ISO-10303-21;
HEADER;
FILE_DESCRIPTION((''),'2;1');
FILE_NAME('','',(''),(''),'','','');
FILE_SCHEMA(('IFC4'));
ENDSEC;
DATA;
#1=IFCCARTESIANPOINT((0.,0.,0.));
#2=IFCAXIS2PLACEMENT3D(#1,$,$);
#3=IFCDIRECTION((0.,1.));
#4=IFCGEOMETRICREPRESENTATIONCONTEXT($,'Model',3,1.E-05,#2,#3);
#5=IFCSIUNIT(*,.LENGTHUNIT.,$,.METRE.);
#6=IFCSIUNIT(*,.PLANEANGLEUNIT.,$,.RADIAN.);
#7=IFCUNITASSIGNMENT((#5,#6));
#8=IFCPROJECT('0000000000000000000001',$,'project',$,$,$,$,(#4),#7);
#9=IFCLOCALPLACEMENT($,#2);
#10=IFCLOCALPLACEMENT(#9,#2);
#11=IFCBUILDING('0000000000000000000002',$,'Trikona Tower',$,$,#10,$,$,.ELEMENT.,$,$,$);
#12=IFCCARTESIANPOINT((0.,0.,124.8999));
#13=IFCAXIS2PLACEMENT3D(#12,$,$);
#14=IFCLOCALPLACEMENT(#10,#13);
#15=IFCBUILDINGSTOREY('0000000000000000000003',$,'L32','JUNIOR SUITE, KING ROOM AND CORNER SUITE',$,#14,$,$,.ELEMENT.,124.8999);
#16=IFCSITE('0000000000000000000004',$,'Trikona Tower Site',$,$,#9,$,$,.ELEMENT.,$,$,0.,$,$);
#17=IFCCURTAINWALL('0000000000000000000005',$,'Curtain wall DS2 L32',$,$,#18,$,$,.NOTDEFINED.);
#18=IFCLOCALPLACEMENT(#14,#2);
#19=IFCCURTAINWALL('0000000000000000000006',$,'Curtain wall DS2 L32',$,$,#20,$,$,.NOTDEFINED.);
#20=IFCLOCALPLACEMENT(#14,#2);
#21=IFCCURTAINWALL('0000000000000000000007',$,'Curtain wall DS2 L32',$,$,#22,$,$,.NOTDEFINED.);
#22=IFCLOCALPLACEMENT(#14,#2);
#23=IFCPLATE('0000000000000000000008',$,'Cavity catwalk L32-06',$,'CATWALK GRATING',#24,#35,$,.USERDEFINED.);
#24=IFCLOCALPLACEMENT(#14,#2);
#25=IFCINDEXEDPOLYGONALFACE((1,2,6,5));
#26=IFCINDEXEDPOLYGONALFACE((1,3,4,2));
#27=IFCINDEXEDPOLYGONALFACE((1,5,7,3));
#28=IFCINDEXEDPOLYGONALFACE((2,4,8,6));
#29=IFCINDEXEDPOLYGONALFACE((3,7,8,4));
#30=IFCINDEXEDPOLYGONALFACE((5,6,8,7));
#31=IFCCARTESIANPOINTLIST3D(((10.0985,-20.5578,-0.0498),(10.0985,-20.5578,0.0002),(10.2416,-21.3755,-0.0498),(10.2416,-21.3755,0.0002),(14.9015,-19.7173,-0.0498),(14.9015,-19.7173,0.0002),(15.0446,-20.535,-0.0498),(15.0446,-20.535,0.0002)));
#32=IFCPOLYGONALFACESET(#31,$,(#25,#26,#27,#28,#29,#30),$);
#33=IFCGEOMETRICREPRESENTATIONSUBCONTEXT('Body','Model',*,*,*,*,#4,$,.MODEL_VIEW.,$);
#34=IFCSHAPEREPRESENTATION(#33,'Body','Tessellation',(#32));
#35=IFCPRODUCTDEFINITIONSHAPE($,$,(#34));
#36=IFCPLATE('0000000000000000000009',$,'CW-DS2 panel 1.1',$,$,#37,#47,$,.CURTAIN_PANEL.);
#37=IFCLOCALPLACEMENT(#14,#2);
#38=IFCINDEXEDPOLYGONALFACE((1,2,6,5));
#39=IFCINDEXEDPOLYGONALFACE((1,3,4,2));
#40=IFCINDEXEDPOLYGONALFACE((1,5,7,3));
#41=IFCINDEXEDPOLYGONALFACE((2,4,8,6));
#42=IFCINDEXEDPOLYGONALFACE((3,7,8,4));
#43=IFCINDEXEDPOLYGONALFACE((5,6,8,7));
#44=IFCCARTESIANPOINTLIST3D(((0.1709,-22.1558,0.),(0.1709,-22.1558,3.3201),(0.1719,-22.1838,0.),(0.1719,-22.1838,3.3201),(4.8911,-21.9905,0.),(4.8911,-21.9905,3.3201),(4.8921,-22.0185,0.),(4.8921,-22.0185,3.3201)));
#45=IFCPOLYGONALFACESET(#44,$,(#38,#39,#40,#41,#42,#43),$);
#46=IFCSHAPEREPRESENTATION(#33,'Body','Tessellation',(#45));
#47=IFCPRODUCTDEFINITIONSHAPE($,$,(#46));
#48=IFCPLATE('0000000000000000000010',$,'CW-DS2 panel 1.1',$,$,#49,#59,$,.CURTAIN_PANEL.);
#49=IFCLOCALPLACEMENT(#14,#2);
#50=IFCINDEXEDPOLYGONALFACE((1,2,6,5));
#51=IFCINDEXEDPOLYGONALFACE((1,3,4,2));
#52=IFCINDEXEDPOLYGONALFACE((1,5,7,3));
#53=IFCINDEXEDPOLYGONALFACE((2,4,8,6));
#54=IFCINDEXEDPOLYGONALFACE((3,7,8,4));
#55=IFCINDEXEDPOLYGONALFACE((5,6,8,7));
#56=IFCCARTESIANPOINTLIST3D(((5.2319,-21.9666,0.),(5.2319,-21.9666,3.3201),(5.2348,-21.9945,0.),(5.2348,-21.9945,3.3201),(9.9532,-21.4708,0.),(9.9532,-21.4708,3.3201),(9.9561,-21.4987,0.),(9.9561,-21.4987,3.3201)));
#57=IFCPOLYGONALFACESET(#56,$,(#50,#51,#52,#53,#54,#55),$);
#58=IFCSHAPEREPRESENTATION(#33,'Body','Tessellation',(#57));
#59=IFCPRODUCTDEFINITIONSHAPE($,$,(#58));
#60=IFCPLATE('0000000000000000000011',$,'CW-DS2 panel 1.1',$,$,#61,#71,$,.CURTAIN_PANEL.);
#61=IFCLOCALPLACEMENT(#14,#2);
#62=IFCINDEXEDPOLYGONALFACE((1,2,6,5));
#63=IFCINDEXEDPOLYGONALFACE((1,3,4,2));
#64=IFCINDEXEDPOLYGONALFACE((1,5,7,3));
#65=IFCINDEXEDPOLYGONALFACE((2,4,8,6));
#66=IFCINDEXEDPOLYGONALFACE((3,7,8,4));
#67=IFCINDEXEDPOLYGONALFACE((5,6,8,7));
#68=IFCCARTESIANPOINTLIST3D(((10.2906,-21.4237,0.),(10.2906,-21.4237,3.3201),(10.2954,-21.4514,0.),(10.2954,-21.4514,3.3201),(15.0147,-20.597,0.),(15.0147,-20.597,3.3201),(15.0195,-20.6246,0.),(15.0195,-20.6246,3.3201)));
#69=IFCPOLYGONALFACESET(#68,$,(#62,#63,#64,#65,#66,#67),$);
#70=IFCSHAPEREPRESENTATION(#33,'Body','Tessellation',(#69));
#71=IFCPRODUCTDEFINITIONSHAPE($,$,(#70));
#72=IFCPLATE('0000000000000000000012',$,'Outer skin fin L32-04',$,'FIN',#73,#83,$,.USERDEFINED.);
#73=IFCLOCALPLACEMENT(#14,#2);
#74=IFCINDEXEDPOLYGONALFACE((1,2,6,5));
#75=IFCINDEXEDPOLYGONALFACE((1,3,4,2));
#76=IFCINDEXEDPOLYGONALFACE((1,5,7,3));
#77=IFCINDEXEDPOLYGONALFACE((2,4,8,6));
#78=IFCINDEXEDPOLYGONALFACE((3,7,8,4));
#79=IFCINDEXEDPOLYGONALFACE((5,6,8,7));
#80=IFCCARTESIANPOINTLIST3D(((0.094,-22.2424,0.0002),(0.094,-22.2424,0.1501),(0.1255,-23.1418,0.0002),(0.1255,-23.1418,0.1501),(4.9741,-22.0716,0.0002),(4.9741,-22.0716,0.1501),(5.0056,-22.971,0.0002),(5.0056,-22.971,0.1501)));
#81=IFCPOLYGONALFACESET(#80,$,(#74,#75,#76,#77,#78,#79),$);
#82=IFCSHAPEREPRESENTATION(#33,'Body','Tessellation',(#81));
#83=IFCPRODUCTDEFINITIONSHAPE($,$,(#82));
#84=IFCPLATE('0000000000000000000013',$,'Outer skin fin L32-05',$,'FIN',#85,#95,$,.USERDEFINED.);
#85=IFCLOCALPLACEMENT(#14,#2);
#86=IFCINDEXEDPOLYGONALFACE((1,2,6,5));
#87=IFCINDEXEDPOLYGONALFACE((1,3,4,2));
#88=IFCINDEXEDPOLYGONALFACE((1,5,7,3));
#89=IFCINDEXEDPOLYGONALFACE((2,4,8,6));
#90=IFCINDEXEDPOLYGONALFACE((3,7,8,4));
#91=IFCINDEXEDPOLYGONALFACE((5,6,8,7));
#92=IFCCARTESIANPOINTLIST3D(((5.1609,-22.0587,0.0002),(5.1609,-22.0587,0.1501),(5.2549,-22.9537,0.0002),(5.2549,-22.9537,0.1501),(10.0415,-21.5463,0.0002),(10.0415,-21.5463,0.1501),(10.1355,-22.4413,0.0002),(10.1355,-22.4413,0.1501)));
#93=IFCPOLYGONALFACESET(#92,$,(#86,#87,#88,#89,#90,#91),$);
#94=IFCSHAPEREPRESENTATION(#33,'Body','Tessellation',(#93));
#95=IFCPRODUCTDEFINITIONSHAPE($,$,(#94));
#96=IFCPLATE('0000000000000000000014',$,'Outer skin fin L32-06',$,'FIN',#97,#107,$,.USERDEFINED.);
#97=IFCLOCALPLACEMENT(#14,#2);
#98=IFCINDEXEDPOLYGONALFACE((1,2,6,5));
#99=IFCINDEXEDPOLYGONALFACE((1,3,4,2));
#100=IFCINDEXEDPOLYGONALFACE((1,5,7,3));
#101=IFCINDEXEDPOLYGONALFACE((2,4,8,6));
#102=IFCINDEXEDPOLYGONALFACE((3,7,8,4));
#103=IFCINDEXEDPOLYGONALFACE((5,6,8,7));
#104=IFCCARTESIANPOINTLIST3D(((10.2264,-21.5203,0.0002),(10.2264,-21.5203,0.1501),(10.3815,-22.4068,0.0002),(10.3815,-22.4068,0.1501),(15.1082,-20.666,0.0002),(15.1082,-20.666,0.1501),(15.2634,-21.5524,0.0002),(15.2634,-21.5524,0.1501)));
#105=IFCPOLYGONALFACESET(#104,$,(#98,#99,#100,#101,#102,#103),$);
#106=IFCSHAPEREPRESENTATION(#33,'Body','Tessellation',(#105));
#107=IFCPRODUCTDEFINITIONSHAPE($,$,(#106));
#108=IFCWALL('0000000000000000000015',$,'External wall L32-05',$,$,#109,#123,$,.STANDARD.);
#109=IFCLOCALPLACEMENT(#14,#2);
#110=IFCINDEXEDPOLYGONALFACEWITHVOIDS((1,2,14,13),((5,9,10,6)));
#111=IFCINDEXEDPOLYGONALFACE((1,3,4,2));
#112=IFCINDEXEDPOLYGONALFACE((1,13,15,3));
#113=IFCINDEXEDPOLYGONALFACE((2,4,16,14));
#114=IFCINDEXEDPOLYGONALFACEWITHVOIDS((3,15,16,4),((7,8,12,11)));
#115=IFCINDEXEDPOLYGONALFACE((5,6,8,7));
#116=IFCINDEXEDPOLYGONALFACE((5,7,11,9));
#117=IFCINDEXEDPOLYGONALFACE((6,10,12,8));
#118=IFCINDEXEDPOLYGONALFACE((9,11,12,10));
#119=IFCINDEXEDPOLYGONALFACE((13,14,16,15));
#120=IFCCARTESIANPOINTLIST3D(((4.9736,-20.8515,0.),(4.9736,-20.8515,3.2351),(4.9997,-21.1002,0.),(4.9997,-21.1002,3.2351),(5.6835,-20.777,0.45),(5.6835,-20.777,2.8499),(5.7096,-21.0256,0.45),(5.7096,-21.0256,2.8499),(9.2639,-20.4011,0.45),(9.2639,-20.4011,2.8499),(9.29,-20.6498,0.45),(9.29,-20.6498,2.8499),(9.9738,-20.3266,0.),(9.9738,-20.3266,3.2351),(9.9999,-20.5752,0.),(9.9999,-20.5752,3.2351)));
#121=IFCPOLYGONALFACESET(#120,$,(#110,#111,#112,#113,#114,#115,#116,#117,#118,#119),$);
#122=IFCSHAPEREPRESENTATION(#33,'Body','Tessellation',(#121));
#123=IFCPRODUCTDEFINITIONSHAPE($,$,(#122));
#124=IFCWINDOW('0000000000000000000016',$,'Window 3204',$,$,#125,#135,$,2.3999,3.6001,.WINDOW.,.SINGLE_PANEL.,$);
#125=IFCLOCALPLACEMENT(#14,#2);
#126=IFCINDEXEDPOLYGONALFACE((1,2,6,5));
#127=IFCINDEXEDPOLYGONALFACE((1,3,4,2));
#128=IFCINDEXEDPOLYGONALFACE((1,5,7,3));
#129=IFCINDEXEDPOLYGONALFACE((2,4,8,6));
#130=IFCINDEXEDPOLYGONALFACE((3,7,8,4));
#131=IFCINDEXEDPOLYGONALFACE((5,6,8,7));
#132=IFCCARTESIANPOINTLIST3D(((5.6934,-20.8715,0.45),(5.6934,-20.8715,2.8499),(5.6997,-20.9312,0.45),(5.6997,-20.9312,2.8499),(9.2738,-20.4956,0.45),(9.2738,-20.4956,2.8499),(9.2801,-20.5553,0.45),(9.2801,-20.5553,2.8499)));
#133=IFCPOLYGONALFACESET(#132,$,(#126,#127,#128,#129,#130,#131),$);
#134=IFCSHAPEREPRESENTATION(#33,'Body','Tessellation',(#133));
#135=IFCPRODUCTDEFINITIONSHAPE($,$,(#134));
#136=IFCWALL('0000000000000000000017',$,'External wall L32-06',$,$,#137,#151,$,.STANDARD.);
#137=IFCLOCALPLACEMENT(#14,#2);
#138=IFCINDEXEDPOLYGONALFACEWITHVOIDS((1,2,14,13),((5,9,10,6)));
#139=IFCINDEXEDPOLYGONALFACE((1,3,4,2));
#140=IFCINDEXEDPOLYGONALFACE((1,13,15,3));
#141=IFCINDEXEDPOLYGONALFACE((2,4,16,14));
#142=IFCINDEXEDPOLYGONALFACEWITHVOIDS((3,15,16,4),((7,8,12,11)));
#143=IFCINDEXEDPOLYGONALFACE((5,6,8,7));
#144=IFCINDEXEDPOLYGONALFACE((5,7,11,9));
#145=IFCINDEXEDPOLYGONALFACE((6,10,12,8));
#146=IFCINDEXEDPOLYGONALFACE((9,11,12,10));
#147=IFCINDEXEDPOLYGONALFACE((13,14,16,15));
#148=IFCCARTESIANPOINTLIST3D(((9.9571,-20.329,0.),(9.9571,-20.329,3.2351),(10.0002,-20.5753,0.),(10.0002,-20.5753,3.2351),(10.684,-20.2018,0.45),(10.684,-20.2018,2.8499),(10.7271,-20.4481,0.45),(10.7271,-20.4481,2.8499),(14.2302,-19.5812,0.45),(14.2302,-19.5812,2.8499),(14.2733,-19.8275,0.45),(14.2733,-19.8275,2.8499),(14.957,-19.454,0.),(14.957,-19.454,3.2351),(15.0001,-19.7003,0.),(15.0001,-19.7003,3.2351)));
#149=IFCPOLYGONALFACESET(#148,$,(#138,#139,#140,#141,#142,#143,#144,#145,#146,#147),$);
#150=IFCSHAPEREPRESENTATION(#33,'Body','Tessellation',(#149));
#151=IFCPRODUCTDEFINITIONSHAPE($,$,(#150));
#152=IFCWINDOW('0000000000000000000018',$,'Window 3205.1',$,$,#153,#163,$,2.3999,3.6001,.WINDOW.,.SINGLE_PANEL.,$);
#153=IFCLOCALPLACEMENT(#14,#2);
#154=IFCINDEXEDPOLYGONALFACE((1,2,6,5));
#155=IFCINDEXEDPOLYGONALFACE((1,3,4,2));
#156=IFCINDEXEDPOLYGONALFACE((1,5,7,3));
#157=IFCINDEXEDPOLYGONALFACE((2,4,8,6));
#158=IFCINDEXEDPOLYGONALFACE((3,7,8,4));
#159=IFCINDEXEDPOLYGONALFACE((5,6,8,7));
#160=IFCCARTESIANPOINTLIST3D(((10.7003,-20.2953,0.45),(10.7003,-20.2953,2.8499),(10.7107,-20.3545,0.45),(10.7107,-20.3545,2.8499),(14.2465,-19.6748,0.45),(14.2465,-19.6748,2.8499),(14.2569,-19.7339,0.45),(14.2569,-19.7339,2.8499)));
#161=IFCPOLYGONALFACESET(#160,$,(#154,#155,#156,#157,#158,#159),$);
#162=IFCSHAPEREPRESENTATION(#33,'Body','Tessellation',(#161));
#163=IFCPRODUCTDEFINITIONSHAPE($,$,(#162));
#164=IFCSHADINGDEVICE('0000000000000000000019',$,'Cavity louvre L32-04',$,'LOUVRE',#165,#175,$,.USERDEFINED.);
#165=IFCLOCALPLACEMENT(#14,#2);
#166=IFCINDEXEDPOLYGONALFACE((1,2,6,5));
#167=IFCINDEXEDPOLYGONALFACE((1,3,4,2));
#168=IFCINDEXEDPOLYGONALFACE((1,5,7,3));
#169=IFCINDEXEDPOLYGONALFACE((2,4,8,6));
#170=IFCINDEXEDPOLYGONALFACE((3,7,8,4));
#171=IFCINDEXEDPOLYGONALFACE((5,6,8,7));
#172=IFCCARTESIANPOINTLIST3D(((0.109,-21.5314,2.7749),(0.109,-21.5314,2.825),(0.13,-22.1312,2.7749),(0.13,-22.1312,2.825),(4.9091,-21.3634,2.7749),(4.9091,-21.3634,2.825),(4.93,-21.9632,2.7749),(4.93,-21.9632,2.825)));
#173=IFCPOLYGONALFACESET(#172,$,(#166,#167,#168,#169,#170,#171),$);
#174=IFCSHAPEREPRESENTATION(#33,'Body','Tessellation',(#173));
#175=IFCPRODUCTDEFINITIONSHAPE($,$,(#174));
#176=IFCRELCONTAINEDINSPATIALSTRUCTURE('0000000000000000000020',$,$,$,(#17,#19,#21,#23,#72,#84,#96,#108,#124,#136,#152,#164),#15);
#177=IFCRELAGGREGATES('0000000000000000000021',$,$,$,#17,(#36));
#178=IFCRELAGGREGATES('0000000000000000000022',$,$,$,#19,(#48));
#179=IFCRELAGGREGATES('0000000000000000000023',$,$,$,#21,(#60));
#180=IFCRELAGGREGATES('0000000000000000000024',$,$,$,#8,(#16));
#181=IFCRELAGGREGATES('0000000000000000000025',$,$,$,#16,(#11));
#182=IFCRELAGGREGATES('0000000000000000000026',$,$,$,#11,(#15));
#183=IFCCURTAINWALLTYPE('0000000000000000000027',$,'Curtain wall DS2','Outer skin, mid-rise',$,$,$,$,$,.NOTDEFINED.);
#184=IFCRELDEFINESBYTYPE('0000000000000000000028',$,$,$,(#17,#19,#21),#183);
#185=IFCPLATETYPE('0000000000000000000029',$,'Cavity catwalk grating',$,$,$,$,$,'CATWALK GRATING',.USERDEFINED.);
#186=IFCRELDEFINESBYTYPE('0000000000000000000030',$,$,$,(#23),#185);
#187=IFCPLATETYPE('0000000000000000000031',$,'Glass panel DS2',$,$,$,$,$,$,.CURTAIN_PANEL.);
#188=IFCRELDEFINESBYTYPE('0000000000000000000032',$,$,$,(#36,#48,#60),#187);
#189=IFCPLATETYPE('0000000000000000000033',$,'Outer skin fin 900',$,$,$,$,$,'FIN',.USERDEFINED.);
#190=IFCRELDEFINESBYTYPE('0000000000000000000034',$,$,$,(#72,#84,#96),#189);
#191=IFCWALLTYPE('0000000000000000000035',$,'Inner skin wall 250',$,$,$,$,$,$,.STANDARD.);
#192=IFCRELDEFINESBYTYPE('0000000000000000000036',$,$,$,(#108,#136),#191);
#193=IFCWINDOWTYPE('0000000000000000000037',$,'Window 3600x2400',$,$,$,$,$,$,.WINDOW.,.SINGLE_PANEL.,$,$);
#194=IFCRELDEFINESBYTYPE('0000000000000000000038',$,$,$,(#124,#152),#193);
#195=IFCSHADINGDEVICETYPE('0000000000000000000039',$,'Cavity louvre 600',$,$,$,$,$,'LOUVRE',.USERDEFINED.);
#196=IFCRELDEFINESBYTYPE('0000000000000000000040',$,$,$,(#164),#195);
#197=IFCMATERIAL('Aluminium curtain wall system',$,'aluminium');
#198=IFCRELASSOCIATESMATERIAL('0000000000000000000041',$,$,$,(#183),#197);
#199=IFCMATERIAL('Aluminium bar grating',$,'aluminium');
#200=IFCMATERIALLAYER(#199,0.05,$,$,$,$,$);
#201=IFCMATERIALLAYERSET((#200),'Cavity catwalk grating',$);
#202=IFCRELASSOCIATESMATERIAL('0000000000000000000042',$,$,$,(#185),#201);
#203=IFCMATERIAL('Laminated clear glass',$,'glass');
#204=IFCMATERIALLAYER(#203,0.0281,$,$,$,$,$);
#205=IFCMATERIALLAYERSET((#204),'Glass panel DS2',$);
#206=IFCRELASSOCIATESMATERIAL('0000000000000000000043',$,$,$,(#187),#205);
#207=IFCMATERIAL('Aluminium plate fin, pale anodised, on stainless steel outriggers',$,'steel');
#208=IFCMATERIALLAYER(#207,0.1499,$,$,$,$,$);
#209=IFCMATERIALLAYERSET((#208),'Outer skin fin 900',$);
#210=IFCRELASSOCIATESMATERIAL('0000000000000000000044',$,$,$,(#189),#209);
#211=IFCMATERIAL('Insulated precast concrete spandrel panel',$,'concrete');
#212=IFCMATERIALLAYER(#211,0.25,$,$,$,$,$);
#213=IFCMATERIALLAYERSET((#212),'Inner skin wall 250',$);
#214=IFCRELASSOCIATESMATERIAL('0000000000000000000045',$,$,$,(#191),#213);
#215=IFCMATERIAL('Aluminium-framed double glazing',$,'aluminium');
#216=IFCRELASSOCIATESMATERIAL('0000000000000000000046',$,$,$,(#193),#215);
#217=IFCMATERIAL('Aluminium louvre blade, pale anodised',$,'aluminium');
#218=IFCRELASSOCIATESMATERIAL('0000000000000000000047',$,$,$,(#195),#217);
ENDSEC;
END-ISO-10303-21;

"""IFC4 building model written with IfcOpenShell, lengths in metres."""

from ifc_helpers import new_model, si_unit, direction, frame, frame_2d, origin, origin_2d, place, context, subcontext, project, spatial, rectangle, extrude, material, layer, layer_set, type_object, element, fill, aggregate, save


model = new_model("IFC4")

# Units and contexts
model_context = context("Model", 3, precision=1e-05, world=origin(), true_north=direction((0.0, 1.0)))
body_context = subcontext(model_context, "Body", "Model", "MODEL_VIEW")
ifc_project = project(units=[si_unit("LENGTHUNIT", "METRE"), si_unit("PLANEANGLEUNIT", "RADIAN")], contexts=[model_context])

# Site, building, storey
site_placement = place(None, origin())
site = spatial("IfcSite", under=ifc_project, at=site_placement, Name="Trikona Tower Site", CompositionType="ELEMENT", RefElevation=0.0)
building_placement = place(site_placement, origin())
building = spatial("IfcBuilding", under=site, at=building_placement, Name="Trikona Tower", CompositionType="ELEMENT")
storey_placement = place(building_placement, frame((0.0, 0.0, 124.8999)))
storey = spatial("IfcBuildingStorey", under=building, at=storey_placement, Name="L32", Description="JUNIOR SUITE, KING ROOM AND CORNER SUITE", CompositionType="ELEMENT", Elevation=124.8999)

# Curtain walls
ifc_material_1 = material(Name="Aluminium curtain wall system", Category="aluminium")
curtain_wall_type = type_object("IfcCurtainWallType", Name="Curtain wall DS2", Description="Outer skin, mid-rise", PredefinedType="NOTDEFINED", material=ifc_material_1)
curtain_wall_1_placement = place(storey_placement, origin())
curtain_wall_1 = element("IfcCurtainWall", 1, at=curtain_wall_1_placement, inside=storey, type_object=curtain_wall_type, Name="Curtain wall DS2 L32", PredefinedType="NOTDEFINED")
curtain_wall_2_placement = place(storey_placement, origin())
curtain_wall_2 = element("IfcCurtainWall", 2, at=curtain_wall_2_placement, inside=storey, type_object=curtain_wall_type, Name="Curtain wall DS2 L32", PredefinedType="NOTDEFINED")

# Curtain wall
curtain_wall_3_placement = place(storey_placement, origin())
curtain_wall_3 = element("IfcCurtainWall", 3, at=curtain_wall_3_placement, inside=storey, type_object=curtain_wall_type, Name="Curtain wall DS2 L32", PredefinedType="NOTDEFINED")

# Plate
ifc_material_2 = material(Name="Aluminium bar grating", Category="aluminium")
ifc_layer_1 = layer(ifc_material_2, 0.05)
ifc_layer_set_1 = layer_set([ifc_layer_1], Name="Cavity catwalk grating")
plate_type_1 = type_object("IfcPlateType", Name="Cavity catwalk grating", ElementType="CATWALK GRATING", PredefinedType="USERDEFINED", material=ifc_layer_set_1)
plate_1_placement = place(storey_placement, frame((12.5715, -20.5464, -0.0498), z_axis=(0.0, 0.0, 1.0), x_axis=(0.985031, 0.17238, 0.0)))
element("IfcPlate", 4, at=plate_1_placement, inside=storey, type_object=plate_type_1, Name="Cavity catwalk L32-06", ObjectType="CATWALK GRATING", PredefinedType="USERDEFINED", context=body_context, shape_type="SweptSolid", body=[
    extrude(rectangle(XDim=4.876, YDim=0.8301, at=origin_2d()), origin(), (0.0, 0.0, 1.0), 0.05),
])

# Plates
ifc_material_3 = material(Name="Laminated clear glass", Category="glass")
ifc_layer_2 = layer(ifc_material_3, 0.0281)
ifc_layer_set_2 = layer_set([ifc_layer_2], Name="Glass panel DS2")
plate_type_2 = type_object("IfcPlateType", Name="Glass panel DS2", PredefinedType="CURTAIN_PANEL", material=ifc_layer_set_2)
plate_2_placement = place(storey_placement, frame((2.5315, -22.0872, 0.0), z_axis=(0.0, 0.0, 1.0), x_axis=(0.999387, 0.034998, 0.0)))
plate_2 = element("IfcPlate", 5, at=plate_2_placement, type_object=plate_type_2, Name="CW-DS2 panel 1.1", PredefinedType="CURTAIN_PANEL", context=body_context, shape_type="SweptSolid", body=[
    extrude(rectangle(XDim=4.7231, YDim=0.0281, at=origin_2d()), origin(), (0.0, 0.0, 1.0), 3.3201),
])
aggregate(curtain_wall_1, [plate_2])
plate_3_placement = place(storey_placement, frame((7.594, -21.7327, 0.0), z_axis=(0.0, 0.0, 1.0), x_axis=(0.994532, 0.104433, 0.0)))
plate_3 = element("IfcPlate", 6, at=plate_3_placement, type_object=plate_type_2, Name="CW-DS2 panel 1.1", PredefinedType="CURTAIN_PANEL", context=body_context, shape_type="SweptSolid", body=[
    extrude(rectangle(XDim=4.7473, YDim=0.0281, at=origin_2d()), origin(), (0.0, 0.0, 1.0), 3.3201),
])
aggregate(curtain_wall_2, [plate_3])
plate_4_placement = place(storey_placement, frame((12.655, -21.0242, 0.0), z_axis=(0.0, 0.0, 1.0), x_axis=(0.985031, 0.172377, 0.0)))
plate_4 = element("IfcPlate", 7, at=plate_4_placement, type_object=plate_type_2, Name="CW-DS2 panel 1.1", PredefinedType="CURTAIN_PANEL", context=body_context, shape_type="SweptSolid", body=[
    extrude(rectangle(XDim=4.7959, YDim=0.0281, at=origin_2d()), origin(), (0.0, 0.0, 1.0), 3.3201),
])
aggregate(curtain_wall_3, [plate_4])

# Plates
ifc_material_4 = material(Name="Aluminium plate fin, pale anodised, on stainless steel outriggers", Category="steel")
ifc_layer_3 = layer(ifc_material_4, 0.1499)
ifc_layer_set_3 = layer_set([ifc_layer_3], Name="Outer skin fin 900")
plate_type_3 = type_object("IfcPlateType", Name="Outer skin fin 900", ElementType="FIN", PredefinedType="USERDEFINED", material=ifc_layer_set_3)
plate_5_placement = place(storey_placement, frame((2.5498, -22.6067, 0.0002), z_axis=(0.0, 0.0, 1.0), x_axis=(0.999388, 0.034978, 0.0)))
element("IfcPlate", 8, at=plate_5_placement, inside=storey, type_object=plate_type_3, Name="Outer skin fin L32-04", ObjectType="FIN", PredefinedType="USERDEFINED", context=body_context, shape_type="SweptSolid", body=[
    extrude(rectangle(XDim=4.8831, YDim=0.8999, at=origin_2d()), origin(), (0.0, 0.0, 1.0), 0.1499),
])
plate_6_placement = place(storey_placement, frame((7.6482, -22.25, 0.0002), z_axis=(0.0, 0.0, 1.0), x_axis=(0.994533, 0.104426, 0.0)))
element("IfcPlate", 9, at=plate_6_placement, inside=storey, type_object=plate_type_3, Name="Outer skin fin L32-05", ObjectType="FIN", PredefinedType="USERDEFINED", context=body_context, shape_type="SweptSolid", body=[
    extrude(rectangle(XDim=4.9075, YDim=0.8999, at=origin_2d()), origin(), (0.0, 0.0, 1.0), 0.1499),
])
plate_7_placement = place(storey_placement, frame((12.7449, -21.5364, 0.0002), z_axis=(0.0, 0.0, 1.0), x_axis=(0.985031, 0.17238, 0.0)))
element("IfcPlate", 10, at=plate_7_placement, inside=storey, type_object=plate_type_3, Name="Outer skin fin L32-06", ObjectType="FIN", PredefinedType="USERDEFINED", context=body_context, shape_type="SweptSolid", body=[
    extrude(rectangle(XDim=4.9561, YDim=0.8999, at=origin_2d()), origin(), (0.0, 0.0, 1.0), 0.1499),
])

# Walls, openings, windows
ifc_material_5 = material(Name="Insulated precast concrete spandrel panel", Category="concrete")
ifc_layer_4 = layer(ifc_material_5, 0.25)
ifc_layer_set_4 = layer_set([ifc_layer_4], Name="Inner skin wall 250")
wall_type = type_object("IfcWallType", Name="Inner skin wall 250", PredefinedType="STANDARD", material=ifc_layer_set_4)
wall_1_placement = place(storey_placement, frame((4.9868, -20.9758, 0.0), z_axis=(0.0, 0.0, 1.0), x_axis=(0.994535, 0.104407, 0.0)))
wall_1 = element("IfcWall", 11, at=wall_1_placement, inside=storey, type_object=wall_type, Name="External wall L32-05", PredefinedType="STANDARD", context=body_context, shape_type="SweptSolid", body=[
    extrude(rectangle(XDim=5.0276, YDim=0.25, at=frame_2d((2.5137, 0.0))), origin(), (0.0, 0.0, 1.0), 3.2351),
])
opening_1_placement = place(wall_1_placement, frame((0.7136, 0.0, 0.45)))
opening_1 = element("IfcOpeningElement", 12, at=opening_1_placement, cuts=wall_1, PredefinedType="OPENING", context=body_context, shape_type="SweptSolid", body=[
    extrude(rectangle(XDim=3.6001, YDim=2.3999, at=frame_2d((1.8, 1.2))), frame((0.0, 0.135, 0.0), z_axis=(0.0, -1.0, 0.0), x_axis=(1.0, 0.0, 0.0)), (0.0, 0.0, 1.0), 0.27),
])
ifc_material_6 = material(Name="Aluminium-framed double glazing", Category="aluminium")
window_type = type_object("IfcWindowType", Name="Window 3600x2400", PartitioningType="SINGLE_PANEL", PredefinedType="WINDOW", material=ifc_material_6)
window_1_placement = place(opening_1_placement, origin())
window_1 = element("IfcWindow", 13, at=window_1_placement, inside=storey, type_object=window_type, Name="Window 3204", OverallHeight=2.3999, OverallWidth=3.6001, PartitioningType="SINGLE_PANEL", PredefinedType="WINDOW", context=body_context, shape_type="SweptSolid", body=[
    extrude(rectangle(XDim=3.6001, YDim=2.3999, at=frame_2d((1.8, 1.2))), frame((0.0, 0.03, 0.0), z_axis=(0.0, -1.0, 0.0), x_axis=(1.0, 0.0, 0.0)), (0.0, 0.0, 1.0), 0.0601),
])
fill(opening_1, window_1)
wall_2_placement = place(storey_placement, frame((9.9785, -20.4521, 0.0), z_axis=(0.0, 0.0, 1.0), x_axis=(0.98503, 0.17238, 0.0)))
wall_2 = element("IfcWall", 14, at=wall_2_placement, inside=storey, type_object=wall_type, Name="External wall L32-06", PredefinedType="STANDARD", context=body_context, shape_type="SweptSolid", body=[
    extrude(rectangle(XDim=5.0759, YDim=0.25, at=frame_2d((2.5381, 0.0))), origin(), (0.0, 0.0, 1.0), 3.2351),
])
opening_2_placement = place(wall_2_placement, frame((0.738, 0.0, 0.45)))
opening_2 = element("IfcOpeningElement", 15, at=opening_2_placement, cuts=wall_2, PredefinedType="OPENING", context=body_context, shape_type="SweptSolid", body=[
    extrude(rectangle(XDim=3.6001, YDim=2.3999, at=frame_2d((1.8, 1.2))), frame((0.0, 0.135, 0.0), z_axis=(0.0, -1.0, 0.0), x_axis=(1.0, 0.0, 0.0)), (0.0, 0.0, 1.0), 0.27),
])
window_2_placement = place(opening_2_placement, origin())
window_2 = element("IfcWindow", 16, at=window_2_placement, inside=storey, type_object=window_type, Name="Window 3205.1", OverallHeight=2.3999, OverallWidth=3.6001, PartitioningType="SINGLE_PANEL", PredefinedType="WINDOW", context=body_context, shape_type="SweptSolid", body=[
    extrude(rectangle(XDim=3.6001, YDim=2.3999, at=frame_2d((1.8, 1.2))), frame((0.0, 0.03, 0.0), z_axis=(0.0, -1.0, 0.0), x_axis=(1.0, 0.0, 0.0)), (0.0, 0.0, 1.0), 0.0601),
])
fill(opening_2, window_2)

# Shading device
ifc_material_7 = material(Name="Aluminium louvre blade, pale anodised", Category="aluminium")
shading_device_type = type_object("IfcShadingDeviceType", Name="Cavity louvre 600", ElementType="LOUVRE", PredefinedType="USERDEFINED", material=ifc_material_7)
shading_device_1_placement = place(storey_placement, frame((2.5195, -21.7473, 2.7749), z_axis=(0.0, 0.0, 1.0), x_axis=(0.999388, 0.034978, 0.0)))
element("IfcShadingDevice", 17, at=shading_device_1_placement, inside=storey, type_object=shading_device_type, Name="Cavity louvre L32-04", ObjectType="LOUVRE", PredefinedType="USERDEFINED", context=body_context, shape_type="SweptSolid", body=[
    extrude(rectangle(XDim=4.803, YDim=0.6001, at=origin_2d()), origin(), (0.0, 0.0, 1.0), 0.05),
])

save(model, "model.ifc")
